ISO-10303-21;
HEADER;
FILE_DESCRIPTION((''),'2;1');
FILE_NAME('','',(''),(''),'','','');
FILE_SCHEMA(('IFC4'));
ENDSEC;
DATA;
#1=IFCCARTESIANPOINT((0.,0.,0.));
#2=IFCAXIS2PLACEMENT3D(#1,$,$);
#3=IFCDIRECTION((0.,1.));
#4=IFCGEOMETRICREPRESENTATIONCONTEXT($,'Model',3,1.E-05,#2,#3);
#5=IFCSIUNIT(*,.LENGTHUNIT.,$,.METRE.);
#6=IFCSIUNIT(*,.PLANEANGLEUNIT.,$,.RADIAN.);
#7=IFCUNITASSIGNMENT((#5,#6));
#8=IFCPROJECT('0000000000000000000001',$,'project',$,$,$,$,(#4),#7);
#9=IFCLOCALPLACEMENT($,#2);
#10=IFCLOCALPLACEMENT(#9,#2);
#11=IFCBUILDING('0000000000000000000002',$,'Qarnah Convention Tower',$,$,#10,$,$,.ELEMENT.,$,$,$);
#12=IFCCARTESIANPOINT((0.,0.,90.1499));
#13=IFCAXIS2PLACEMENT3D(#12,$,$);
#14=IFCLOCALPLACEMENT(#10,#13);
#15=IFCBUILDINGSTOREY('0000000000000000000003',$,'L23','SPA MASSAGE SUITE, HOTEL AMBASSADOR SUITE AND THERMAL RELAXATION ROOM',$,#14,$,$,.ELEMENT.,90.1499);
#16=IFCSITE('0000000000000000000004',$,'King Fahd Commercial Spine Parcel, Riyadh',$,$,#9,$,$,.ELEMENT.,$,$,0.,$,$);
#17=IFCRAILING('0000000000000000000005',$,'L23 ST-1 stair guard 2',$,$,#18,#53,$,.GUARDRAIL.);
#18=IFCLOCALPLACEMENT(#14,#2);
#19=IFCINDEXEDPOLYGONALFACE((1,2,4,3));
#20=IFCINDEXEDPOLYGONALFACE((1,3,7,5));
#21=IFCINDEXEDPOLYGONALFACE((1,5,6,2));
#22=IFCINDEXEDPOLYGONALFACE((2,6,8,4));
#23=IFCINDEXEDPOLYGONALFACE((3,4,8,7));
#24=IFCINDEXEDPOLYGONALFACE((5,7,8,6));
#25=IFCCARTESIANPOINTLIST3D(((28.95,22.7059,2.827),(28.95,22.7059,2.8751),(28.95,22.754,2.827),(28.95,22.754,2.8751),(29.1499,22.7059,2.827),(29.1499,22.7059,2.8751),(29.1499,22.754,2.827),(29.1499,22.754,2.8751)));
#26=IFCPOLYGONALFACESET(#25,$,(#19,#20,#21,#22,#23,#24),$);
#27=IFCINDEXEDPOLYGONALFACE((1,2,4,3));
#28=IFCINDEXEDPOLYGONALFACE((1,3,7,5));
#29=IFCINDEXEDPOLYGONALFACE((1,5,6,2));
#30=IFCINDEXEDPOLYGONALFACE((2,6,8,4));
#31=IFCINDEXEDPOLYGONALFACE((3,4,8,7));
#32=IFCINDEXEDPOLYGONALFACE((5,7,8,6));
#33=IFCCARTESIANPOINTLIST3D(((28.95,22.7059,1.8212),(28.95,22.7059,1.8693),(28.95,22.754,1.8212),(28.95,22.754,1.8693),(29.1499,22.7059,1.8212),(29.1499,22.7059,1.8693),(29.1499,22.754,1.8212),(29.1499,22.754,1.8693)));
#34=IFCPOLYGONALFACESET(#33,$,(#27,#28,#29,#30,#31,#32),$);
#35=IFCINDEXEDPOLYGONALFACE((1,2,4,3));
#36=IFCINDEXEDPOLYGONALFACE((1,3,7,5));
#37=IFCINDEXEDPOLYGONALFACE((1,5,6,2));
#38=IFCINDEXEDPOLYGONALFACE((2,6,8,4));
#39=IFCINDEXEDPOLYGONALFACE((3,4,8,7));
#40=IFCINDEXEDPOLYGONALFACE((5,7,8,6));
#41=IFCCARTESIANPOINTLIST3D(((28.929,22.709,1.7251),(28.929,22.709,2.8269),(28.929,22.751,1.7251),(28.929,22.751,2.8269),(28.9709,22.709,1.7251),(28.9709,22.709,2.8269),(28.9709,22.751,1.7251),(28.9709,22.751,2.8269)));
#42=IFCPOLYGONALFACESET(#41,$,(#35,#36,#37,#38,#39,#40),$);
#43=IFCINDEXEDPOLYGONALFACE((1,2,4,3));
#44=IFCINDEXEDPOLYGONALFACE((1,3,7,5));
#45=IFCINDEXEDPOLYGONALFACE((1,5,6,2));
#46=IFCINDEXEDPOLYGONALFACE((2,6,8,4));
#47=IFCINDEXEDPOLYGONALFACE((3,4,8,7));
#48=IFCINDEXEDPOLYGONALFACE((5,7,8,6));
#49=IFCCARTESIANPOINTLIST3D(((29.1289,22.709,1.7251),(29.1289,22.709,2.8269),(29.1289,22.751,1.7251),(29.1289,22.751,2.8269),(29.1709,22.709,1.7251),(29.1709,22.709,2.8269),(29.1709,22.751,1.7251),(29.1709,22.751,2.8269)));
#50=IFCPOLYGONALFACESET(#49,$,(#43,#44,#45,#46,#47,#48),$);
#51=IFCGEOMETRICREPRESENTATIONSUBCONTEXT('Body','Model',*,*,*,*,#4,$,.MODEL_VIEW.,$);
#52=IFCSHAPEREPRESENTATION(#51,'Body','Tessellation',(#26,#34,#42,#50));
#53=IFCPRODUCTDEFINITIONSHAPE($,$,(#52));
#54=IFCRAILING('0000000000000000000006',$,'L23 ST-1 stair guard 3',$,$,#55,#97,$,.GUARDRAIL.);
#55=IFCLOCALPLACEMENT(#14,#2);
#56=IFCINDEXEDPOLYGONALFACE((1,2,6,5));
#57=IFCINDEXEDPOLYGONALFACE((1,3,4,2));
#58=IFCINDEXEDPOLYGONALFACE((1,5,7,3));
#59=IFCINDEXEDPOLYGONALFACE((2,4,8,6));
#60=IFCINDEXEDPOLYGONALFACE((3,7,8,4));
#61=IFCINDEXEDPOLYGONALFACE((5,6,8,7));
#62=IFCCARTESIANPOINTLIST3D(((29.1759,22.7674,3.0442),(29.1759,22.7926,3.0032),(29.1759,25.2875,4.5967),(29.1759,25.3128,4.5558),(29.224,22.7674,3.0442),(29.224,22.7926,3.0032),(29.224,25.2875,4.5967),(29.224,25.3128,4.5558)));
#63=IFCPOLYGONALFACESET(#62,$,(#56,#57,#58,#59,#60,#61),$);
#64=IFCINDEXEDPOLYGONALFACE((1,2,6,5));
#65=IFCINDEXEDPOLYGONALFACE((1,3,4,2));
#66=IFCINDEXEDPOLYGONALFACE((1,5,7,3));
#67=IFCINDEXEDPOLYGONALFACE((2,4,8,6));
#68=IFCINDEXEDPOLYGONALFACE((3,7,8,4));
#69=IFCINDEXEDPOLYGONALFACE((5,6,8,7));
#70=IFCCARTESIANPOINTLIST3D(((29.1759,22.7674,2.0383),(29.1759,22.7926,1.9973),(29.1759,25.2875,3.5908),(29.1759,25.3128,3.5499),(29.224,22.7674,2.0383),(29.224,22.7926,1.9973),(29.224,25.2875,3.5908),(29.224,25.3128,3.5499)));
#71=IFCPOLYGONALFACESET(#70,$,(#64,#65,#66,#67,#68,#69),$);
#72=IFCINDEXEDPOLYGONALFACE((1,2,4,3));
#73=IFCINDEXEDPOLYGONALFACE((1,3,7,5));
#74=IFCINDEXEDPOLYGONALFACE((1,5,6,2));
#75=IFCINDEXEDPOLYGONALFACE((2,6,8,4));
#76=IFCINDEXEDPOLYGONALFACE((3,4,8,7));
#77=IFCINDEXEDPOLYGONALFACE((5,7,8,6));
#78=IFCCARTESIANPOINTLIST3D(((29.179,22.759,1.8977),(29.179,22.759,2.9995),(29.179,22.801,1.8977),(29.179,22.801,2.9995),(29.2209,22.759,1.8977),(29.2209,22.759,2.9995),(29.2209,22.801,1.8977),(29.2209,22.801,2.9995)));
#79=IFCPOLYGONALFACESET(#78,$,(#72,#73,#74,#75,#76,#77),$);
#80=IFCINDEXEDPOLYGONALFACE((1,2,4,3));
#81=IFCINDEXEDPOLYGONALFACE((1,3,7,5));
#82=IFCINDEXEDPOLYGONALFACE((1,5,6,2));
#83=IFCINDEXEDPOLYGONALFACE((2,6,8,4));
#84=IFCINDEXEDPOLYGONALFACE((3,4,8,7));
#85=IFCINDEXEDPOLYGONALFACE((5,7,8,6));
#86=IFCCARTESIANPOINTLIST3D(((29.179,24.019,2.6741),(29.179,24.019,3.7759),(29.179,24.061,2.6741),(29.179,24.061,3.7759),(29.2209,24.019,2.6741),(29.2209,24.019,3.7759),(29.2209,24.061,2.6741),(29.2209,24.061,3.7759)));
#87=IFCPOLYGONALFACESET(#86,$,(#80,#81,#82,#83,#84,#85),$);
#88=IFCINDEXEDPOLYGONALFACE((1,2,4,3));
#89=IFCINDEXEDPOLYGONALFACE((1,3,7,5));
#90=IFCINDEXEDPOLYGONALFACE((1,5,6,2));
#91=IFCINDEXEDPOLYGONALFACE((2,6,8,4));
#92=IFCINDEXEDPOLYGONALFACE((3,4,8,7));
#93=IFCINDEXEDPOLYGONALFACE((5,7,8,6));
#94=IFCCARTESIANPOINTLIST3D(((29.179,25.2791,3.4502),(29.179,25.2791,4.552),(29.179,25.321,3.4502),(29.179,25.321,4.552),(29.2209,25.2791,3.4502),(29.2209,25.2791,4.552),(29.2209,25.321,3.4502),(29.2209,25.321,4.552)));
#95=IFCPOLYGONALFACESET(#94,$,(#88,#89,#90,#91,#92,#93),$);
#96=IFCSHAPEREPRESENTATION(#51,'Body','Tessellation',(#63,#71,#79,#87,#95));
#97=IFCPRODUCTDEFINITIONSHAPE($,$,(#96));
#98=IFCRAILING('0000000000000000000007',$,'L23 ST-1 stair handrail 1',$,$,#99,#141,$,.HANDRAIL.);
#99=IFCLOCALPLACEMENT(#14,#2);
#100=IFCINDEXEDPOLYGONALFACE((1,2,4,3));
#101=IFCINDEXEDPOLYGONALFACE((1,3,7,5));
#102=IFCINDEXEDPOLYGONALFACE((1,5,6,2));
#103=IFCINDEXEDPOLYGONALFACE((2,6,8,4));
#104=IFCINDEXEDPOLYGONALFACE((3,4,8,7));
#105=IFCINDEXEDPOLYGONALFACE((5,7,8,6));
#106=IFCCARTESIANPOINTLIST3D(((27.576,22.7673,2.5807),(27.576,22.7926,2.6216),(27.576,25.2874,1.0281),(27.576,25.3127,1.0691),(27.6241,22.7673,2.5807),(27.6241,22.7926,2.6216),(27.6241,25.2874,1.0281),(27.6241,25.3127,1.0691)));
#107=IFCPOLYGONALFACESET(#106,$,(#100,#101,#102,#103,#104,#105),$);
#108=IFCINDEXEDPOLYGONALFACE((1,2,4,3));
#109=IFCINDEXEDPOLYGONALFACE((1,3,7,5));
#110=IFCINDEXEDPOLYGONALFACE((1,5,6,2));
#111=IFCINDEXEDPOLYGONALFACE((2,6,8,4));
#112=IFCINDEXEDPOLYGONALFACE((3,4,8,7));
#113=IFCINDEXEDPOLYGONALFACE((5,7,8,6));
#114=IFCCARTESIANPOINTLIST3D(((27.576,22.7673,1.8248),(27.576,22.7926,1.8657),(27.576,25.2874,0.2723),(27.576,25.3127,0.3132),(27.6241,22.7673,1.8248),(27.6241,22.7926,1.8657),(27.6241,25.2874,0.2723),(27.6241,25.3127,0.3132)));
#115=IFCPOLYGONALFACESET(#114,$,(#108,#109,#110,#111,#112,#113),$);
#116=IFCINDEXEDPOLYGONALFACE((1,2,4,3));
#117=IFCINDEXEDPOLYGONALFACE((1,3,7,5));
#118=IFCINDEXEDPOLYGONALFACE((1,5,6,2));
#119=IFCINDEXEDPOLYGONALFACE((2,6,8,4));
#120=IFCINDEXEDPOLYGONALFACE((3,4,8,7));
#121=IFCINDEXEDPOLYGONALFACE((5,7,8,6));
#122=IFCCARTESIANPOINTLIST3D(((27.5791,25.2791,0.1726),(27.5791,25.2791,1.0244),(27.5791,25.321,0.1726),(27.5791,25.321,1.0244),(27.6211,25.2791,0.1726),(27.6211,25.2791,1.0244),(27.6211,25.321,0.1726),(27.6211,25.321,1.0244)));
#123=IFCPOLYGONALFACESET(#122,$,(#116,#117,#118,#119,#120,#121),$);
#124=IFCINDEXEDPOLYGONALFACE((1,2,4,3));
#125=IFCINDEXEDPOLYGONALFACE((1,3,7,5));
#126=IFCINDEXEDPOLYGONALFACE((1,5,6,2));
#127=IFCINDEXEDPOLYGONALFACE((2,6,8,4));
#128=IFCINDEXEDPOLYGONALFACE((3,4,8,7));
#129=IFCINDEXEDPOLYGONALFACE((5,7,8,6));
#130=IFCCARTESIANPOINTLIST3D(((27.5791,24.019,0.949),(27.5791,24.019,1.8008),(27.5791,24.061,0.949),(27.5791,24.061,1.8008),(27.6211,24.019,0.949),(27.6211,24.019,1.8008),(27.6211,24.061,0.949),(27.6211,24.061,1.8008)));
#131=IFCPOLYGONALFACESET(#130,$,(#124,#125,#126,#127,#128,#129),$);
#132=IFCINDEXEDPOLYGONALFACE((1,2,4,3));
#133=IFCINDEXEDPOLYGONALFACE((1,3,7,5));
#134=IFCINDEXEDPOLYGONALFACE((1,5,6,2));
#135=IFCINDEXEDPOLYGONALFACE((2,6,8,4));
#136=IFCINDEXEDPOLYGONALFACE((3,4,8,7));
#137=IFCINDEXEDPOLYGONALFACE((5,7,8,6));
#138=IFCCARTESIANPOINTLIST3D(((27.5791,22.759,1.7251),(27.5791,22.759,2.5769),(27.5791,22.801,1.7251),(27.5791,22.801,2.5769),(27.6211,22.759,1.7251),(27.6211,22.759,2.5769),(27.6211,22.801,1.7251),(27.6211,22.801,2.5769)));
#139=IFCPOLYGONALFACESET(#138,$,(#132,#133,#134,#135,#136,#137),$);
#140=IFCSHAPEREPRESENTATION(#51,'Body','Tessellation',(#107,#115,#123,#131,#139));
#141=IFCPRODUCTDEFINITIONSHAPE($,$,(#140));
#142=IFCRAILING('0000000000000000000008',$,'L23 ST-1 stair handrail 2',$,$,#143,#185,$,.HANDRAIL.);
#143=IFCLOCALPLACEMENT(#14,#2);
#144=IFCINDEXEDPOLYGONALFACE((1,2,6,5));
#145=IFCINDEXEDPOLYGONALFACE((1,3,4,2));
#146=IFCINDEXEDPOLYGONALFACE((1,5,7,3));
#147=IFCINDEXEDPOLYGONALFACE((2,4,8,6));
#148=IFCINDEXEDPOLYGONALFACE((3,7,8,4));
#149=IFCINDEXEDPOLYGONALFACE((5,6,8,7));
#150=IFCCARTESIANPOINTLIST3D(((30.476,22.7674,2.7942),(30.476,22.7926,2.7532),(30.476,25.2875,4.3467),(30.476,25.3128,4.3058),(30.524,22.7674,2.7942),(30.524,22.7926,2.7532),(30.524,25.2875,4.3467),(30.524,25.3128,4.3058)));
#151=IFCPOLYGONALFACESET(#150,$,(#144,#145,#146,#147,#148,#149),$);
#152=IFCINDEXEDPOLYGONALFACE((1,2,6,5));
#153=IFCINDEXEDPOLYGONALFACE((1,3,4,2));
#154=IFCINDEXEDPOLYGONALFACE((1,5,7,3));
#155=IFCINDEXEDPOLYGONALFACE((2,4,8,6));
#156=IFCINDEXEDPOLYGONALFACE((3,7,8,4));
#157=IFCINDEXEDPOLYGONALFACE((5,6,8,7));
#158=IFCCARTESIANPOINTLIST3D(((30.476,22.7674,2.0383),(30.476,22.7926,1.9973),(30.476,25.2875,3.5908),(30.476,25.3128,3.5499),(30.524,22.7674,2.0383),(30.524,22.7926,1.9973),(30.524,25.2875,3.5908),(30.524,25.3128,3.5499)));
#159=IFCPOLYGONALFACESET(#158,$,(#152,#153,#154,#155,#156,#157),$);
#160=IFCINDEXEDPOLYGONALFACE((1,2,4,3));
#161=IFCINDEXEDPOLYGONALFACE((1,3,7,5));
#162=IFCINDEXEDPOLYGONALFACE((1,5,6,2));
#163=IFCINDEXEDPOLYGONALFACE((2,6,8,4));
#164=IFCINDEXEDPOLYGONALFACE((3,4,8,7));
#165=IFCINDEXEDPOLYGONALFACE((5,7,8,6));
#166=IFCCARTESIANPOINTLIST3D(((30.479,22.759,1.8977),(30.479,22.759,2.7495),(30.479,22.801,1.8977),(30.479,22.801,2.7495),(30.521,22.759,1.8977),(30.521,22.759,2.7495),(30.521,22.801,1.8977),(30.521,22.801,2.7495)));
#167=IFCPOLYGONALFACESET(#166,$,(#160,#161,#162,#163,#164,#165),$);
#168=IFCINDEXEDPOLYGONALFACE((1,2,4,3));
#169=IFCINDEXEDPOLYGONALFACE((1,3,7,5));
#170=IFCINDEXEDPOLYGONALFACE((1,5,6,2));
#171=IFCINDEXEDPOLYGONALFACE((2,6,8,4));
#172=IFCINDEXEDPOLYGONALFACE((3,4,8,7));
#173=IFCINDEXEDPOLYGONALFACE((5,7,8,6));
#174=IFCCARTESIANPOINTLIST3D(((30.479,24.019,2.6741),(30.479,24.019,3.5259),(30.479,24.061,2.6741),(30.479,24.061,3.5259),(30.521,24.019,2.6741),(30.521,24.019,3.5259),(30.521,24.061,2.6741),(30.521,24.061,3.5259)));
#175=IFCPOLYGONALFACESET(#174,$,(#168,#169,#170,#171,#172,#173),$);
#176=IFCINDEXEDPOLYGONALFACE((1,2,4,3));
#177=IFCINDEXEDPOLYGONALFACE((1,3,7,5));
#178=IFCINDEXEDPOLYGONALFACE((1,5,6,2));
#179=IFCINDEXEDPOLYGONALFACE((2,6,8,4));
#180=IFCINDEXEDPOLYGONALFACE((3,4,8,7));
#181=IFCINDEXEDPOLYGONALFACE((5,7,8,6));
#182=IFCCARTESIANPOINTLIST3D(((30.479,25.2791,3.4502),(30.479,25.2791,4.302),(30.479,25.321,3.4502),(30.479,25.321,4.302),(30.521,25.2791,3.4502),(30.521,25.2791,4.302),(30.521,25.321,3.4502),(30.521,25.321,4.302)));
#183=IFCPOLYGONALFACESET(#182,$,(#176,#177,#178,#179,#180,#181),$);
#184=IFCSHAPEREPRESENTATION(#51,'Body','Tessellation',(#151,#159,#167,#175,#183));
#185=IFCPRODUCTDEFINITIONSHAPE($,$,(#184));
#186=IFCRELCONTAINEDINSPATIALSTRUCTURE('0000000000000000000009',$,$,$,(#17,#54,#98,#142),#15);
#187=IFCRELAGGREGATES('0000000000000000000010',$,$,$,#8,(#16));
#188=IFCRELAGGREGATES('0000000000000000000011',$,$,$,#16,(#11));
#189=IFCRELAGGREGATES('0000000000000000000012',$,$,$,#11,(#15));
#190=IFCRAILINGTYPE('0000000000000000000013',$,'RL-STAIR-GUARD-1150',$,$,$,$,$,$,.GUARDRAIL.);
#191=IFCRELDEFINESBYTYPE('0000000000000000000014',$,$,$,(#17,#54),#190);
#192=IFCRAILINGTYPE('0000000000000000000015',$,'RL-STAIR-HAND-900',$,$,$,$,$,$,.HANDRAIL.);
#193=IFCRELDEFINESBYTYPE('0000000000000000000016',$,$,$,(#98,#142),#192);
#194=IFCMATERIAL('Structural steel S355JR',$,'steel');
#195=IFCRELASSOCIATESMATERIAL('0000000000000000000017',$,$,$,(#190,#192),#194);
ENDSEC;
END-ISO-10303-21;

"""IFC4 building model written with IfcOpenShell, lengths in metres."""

from ifc_helpers import new_model, si_unit, direction, frame, origin, origin_2d, place, context, subcontext, project, spatial, rectangle, extrude, material, type_object, element, save


model = new_model("IFC4")

# Units and contexts
model_context = context("Model", 3, precision=1e-05, world=origin(), true_north=direction((0.0, 1.0)))
body_context = subcontext(model_context, "Body", "Model", "MODEL_VIEW")
ifc_project = project(units=[si_unit("LENGTHUNIT", "METRE"), si_unit("PLANEANGLEUNIT", "RADIAN")], contexts=[model_context])

# Site, building, storey
site_placement = place(None, origin())
site = spatial("IfcSite", under=ifc_project, at=site_placement, Name="King Fahd Commercial Spine Parcel, Riyadh", CompositionType="ELEMENT", RefElevation=0.0)
building_placement = place(site_placement, origin())
building = spatial("IfcBuilding", under=site, at=building_placement, Name="Qarnah Convention Tower", CompositionType="ELEMENT")
storey_placement = place(building_placement, frame((0.0, 0.0, 90.1499)))
storey = spatial("IfcBuildingStorey", under=building, at=storey_placement, Name="L23", Description="SPA MASSAGE SUITE, HOTEL AMBASSADOR SUITE AND THERMAL RELAXATION ROOM", CompositionType="ELEMENT", Elevation=90.1499)

# Shared definitions
ifc_material_1 = material(Name="Structural steel S355JR", Category="steel")

# Railings
railing_type_1 = type_object("IfcRailingType", Name="RL-STAIR-GUARD-1150", PredefinedType="GUARDRAIL", material=ifc_material_1)
railing_1_placement = place(storey_placement, frame((28.95, 22.73, 1.7251)))
element("IfcRailing", 1, at=railing_1_placement, inside=storey, type_object=railing_type_1, Name="L23 ST-1 stair guard 2", PredefinedType="GUARDRAIL", context=body_context, shape_type="SweptSolid", body=[
    extrude(rectangle(XDim=0.0481, YDim=0.0481, at=origin_2d()), frame((0.0, 0.0, 1.126), z_axis=(1.0, 0.0, 0.0), x_axis=(0.0, 1.0, 0.0)), (0.0, 0.0, 1.0), 0.2),
    extrude(rectangle(XDim=0.0481, YDim=0.0481, at=origin_2d()), frame((0.0, 0.0, 0.1201), z_axis=(1.0, 0.0, 0.0), x_axis=(0.0, 1.0, 0.0)), (0.0, 0.0, 1.0), 0.2),
    extrude(rectangle(XDim=0.042, YDim=0.042, at=origin_2d()), origin(), (0.0, 0.0, 1.0), 1.1018),
    extrude(rectangle(XDim=0.042, YDim=0.042, at=origin_2d()), frame((0.2, 0.0, 0.0)), (0.0, 0.0, 1.0), 1.1018),
])
railing_2_placement = place(storey_placement, frame((29.2, 22.78, 1.8977)))
element("IfcRailing", 2, at=railing_2_placement, inside=storey, type_object=railing_type_1, Name="L23 ST-1 stair guard 3", PredefinedType="GUARDRAIL", context=body_context, shape_type="SweptSolid", body=[
    extrude(rectangle(XDim=0.0481, YDim=0.0481, at=origin_2d()), frame((0.0, 0.0, 1.126), z_axis=(0.0, 0.8514, 0.524516), x_axis=(-1.0, 0.0, 0.0)), (0.0, 0.0, 1.0), 2.96),
    extrude(rectangle(XDim=0.0481, YDim=0.0481, at=origin_2d()), frame((0.0, 0.0, 0.1201), z_axis=(0.0, 0.8514, 0.524516), x_axis=(-1.0, 0.0, 0.0)), (0.0, 0.0, 1.0), 2.96),
    extrude(rectangle(XDim=0.042, YDim=0.042, at=origin_2d()), origin(), (0.0, 0.0, 1.0), 1.1018),
    extrude(rectangle(XDim=0.042, YDim=0.042, at=origin_2d()), frame((0.0, 1.26, 0.7764)), (0.0, 0.0, 1.0), 1.1018),
    extrude(rectangle(XDim=0.042, YDim=0.042, at=origin_2d()), frame((0.0, 2.52, 1.5525)), (0.0, 0.0, 1.0), 1.1018),
])
railing_type_2 = type_object("IfcRailingType", Name="RL-STAIR-HAND-900", PredefinedType="HANDRAIL", material=ifc_material_1)
railing_3_placement = place(storey_placement, frame((27.6001, 25.3, 0.1726)))
element("IfcRailing", 3, at=railing_3_placement, inside=storey, type_object=railing_type_2, Name="L23 ST-1 stair handrail 1", PredefinedType="HANDRAIL", context=body_context, shape_type="SweptSolid", body=[
    extrude(rectangle(XDim=0.0481, YDim=0.0481, at=origin_2d()), frame((0.0, 0.0, 0.876), z_axis=(0.0, -0.8514, 0.524516), x_axis=(1.0, 0.0, 0.0)), (0.0, 0.0, 1.0), 2.96),
    extrude(rectangle(XDim=0.0481, YDim=0.0481, at=origin_2d()), frame((0.0, 0.0, 0.1201), z_axis=(0.0, -0.8514, 0.524516), x_axis=(1.0, 0.0, 0.0)), (0.0, 0.0, 1.0), 2.96),
    extrude(rectangle(XDim=0.042, YDim=0.042, at=origin_2d()), origin(), (0.0, 0.0, 1.0), 0.8518),
    extrude(rectangle(XDim=0.042, YDim=0.042, at=origin_2d()), frame((0.0, -1.26, 0.7764)), (0.0, 0.0, 1.0), 0.8518),
    extrude(rectangle(XDim=0.042, YDim=0.042, at=origin_2d()), frame((0.0, -2.52, 1.5525)), (0.0, 0.0, 1.0), 0.8518),
])
railing_4_placement = place(storey_placement, frame((30.5, 22.78, 1.8977)))
element("IfcRailing", 4, at=railing_4_placement, inside=storey, type_object=railing_type_2, Name="L23 ST-1 stair handrail 2", PredefinedType="HANDRAIL", context=body_context, shape_type="SweptSolid", body=[
    extrude(rectangle(XDim=0.0481, YDim=0.0481, at=origin_2d()), frame((0.0, 0.0, 0.876), z_axis=(0.0, 0.8514, 0.524516), x_axis=(-1.0, 0.0, 0.0)), (0.0, 0.0, 1.0), 2.96),
    extrude(rectangle(XDim=0.0481, YDim=0.0481, at=origin_2d()), frame((0.0, 0.0, 0.1201), z_axis=(0.0, 0.8514, 0.524516), x_axis=(-1.0, 0.0, 0.0)), (0.0, 0.0, 1.0), 2.96),
    extrude(rectangle(XDim=0.042, YDim=0.042, at=origin_2d()), origin(), (0.0, 0.0, 1.0), 0.8518),
    extrude(rectangle(XDim=0.042, YDim=0.042, at=origin_2d()), frame((0.0, 1.26, 0.7764)), (0.0, 0.0, 1.0), 0.8518),
    extrude(rectangle(XDim=0.042, YDim=0.042, at=origin_2d()), frame((0.0, 2.52, 1.5525)), (0.0, 0.0, 1.0), 0.8518),
])

save(model, "model.ifc")
